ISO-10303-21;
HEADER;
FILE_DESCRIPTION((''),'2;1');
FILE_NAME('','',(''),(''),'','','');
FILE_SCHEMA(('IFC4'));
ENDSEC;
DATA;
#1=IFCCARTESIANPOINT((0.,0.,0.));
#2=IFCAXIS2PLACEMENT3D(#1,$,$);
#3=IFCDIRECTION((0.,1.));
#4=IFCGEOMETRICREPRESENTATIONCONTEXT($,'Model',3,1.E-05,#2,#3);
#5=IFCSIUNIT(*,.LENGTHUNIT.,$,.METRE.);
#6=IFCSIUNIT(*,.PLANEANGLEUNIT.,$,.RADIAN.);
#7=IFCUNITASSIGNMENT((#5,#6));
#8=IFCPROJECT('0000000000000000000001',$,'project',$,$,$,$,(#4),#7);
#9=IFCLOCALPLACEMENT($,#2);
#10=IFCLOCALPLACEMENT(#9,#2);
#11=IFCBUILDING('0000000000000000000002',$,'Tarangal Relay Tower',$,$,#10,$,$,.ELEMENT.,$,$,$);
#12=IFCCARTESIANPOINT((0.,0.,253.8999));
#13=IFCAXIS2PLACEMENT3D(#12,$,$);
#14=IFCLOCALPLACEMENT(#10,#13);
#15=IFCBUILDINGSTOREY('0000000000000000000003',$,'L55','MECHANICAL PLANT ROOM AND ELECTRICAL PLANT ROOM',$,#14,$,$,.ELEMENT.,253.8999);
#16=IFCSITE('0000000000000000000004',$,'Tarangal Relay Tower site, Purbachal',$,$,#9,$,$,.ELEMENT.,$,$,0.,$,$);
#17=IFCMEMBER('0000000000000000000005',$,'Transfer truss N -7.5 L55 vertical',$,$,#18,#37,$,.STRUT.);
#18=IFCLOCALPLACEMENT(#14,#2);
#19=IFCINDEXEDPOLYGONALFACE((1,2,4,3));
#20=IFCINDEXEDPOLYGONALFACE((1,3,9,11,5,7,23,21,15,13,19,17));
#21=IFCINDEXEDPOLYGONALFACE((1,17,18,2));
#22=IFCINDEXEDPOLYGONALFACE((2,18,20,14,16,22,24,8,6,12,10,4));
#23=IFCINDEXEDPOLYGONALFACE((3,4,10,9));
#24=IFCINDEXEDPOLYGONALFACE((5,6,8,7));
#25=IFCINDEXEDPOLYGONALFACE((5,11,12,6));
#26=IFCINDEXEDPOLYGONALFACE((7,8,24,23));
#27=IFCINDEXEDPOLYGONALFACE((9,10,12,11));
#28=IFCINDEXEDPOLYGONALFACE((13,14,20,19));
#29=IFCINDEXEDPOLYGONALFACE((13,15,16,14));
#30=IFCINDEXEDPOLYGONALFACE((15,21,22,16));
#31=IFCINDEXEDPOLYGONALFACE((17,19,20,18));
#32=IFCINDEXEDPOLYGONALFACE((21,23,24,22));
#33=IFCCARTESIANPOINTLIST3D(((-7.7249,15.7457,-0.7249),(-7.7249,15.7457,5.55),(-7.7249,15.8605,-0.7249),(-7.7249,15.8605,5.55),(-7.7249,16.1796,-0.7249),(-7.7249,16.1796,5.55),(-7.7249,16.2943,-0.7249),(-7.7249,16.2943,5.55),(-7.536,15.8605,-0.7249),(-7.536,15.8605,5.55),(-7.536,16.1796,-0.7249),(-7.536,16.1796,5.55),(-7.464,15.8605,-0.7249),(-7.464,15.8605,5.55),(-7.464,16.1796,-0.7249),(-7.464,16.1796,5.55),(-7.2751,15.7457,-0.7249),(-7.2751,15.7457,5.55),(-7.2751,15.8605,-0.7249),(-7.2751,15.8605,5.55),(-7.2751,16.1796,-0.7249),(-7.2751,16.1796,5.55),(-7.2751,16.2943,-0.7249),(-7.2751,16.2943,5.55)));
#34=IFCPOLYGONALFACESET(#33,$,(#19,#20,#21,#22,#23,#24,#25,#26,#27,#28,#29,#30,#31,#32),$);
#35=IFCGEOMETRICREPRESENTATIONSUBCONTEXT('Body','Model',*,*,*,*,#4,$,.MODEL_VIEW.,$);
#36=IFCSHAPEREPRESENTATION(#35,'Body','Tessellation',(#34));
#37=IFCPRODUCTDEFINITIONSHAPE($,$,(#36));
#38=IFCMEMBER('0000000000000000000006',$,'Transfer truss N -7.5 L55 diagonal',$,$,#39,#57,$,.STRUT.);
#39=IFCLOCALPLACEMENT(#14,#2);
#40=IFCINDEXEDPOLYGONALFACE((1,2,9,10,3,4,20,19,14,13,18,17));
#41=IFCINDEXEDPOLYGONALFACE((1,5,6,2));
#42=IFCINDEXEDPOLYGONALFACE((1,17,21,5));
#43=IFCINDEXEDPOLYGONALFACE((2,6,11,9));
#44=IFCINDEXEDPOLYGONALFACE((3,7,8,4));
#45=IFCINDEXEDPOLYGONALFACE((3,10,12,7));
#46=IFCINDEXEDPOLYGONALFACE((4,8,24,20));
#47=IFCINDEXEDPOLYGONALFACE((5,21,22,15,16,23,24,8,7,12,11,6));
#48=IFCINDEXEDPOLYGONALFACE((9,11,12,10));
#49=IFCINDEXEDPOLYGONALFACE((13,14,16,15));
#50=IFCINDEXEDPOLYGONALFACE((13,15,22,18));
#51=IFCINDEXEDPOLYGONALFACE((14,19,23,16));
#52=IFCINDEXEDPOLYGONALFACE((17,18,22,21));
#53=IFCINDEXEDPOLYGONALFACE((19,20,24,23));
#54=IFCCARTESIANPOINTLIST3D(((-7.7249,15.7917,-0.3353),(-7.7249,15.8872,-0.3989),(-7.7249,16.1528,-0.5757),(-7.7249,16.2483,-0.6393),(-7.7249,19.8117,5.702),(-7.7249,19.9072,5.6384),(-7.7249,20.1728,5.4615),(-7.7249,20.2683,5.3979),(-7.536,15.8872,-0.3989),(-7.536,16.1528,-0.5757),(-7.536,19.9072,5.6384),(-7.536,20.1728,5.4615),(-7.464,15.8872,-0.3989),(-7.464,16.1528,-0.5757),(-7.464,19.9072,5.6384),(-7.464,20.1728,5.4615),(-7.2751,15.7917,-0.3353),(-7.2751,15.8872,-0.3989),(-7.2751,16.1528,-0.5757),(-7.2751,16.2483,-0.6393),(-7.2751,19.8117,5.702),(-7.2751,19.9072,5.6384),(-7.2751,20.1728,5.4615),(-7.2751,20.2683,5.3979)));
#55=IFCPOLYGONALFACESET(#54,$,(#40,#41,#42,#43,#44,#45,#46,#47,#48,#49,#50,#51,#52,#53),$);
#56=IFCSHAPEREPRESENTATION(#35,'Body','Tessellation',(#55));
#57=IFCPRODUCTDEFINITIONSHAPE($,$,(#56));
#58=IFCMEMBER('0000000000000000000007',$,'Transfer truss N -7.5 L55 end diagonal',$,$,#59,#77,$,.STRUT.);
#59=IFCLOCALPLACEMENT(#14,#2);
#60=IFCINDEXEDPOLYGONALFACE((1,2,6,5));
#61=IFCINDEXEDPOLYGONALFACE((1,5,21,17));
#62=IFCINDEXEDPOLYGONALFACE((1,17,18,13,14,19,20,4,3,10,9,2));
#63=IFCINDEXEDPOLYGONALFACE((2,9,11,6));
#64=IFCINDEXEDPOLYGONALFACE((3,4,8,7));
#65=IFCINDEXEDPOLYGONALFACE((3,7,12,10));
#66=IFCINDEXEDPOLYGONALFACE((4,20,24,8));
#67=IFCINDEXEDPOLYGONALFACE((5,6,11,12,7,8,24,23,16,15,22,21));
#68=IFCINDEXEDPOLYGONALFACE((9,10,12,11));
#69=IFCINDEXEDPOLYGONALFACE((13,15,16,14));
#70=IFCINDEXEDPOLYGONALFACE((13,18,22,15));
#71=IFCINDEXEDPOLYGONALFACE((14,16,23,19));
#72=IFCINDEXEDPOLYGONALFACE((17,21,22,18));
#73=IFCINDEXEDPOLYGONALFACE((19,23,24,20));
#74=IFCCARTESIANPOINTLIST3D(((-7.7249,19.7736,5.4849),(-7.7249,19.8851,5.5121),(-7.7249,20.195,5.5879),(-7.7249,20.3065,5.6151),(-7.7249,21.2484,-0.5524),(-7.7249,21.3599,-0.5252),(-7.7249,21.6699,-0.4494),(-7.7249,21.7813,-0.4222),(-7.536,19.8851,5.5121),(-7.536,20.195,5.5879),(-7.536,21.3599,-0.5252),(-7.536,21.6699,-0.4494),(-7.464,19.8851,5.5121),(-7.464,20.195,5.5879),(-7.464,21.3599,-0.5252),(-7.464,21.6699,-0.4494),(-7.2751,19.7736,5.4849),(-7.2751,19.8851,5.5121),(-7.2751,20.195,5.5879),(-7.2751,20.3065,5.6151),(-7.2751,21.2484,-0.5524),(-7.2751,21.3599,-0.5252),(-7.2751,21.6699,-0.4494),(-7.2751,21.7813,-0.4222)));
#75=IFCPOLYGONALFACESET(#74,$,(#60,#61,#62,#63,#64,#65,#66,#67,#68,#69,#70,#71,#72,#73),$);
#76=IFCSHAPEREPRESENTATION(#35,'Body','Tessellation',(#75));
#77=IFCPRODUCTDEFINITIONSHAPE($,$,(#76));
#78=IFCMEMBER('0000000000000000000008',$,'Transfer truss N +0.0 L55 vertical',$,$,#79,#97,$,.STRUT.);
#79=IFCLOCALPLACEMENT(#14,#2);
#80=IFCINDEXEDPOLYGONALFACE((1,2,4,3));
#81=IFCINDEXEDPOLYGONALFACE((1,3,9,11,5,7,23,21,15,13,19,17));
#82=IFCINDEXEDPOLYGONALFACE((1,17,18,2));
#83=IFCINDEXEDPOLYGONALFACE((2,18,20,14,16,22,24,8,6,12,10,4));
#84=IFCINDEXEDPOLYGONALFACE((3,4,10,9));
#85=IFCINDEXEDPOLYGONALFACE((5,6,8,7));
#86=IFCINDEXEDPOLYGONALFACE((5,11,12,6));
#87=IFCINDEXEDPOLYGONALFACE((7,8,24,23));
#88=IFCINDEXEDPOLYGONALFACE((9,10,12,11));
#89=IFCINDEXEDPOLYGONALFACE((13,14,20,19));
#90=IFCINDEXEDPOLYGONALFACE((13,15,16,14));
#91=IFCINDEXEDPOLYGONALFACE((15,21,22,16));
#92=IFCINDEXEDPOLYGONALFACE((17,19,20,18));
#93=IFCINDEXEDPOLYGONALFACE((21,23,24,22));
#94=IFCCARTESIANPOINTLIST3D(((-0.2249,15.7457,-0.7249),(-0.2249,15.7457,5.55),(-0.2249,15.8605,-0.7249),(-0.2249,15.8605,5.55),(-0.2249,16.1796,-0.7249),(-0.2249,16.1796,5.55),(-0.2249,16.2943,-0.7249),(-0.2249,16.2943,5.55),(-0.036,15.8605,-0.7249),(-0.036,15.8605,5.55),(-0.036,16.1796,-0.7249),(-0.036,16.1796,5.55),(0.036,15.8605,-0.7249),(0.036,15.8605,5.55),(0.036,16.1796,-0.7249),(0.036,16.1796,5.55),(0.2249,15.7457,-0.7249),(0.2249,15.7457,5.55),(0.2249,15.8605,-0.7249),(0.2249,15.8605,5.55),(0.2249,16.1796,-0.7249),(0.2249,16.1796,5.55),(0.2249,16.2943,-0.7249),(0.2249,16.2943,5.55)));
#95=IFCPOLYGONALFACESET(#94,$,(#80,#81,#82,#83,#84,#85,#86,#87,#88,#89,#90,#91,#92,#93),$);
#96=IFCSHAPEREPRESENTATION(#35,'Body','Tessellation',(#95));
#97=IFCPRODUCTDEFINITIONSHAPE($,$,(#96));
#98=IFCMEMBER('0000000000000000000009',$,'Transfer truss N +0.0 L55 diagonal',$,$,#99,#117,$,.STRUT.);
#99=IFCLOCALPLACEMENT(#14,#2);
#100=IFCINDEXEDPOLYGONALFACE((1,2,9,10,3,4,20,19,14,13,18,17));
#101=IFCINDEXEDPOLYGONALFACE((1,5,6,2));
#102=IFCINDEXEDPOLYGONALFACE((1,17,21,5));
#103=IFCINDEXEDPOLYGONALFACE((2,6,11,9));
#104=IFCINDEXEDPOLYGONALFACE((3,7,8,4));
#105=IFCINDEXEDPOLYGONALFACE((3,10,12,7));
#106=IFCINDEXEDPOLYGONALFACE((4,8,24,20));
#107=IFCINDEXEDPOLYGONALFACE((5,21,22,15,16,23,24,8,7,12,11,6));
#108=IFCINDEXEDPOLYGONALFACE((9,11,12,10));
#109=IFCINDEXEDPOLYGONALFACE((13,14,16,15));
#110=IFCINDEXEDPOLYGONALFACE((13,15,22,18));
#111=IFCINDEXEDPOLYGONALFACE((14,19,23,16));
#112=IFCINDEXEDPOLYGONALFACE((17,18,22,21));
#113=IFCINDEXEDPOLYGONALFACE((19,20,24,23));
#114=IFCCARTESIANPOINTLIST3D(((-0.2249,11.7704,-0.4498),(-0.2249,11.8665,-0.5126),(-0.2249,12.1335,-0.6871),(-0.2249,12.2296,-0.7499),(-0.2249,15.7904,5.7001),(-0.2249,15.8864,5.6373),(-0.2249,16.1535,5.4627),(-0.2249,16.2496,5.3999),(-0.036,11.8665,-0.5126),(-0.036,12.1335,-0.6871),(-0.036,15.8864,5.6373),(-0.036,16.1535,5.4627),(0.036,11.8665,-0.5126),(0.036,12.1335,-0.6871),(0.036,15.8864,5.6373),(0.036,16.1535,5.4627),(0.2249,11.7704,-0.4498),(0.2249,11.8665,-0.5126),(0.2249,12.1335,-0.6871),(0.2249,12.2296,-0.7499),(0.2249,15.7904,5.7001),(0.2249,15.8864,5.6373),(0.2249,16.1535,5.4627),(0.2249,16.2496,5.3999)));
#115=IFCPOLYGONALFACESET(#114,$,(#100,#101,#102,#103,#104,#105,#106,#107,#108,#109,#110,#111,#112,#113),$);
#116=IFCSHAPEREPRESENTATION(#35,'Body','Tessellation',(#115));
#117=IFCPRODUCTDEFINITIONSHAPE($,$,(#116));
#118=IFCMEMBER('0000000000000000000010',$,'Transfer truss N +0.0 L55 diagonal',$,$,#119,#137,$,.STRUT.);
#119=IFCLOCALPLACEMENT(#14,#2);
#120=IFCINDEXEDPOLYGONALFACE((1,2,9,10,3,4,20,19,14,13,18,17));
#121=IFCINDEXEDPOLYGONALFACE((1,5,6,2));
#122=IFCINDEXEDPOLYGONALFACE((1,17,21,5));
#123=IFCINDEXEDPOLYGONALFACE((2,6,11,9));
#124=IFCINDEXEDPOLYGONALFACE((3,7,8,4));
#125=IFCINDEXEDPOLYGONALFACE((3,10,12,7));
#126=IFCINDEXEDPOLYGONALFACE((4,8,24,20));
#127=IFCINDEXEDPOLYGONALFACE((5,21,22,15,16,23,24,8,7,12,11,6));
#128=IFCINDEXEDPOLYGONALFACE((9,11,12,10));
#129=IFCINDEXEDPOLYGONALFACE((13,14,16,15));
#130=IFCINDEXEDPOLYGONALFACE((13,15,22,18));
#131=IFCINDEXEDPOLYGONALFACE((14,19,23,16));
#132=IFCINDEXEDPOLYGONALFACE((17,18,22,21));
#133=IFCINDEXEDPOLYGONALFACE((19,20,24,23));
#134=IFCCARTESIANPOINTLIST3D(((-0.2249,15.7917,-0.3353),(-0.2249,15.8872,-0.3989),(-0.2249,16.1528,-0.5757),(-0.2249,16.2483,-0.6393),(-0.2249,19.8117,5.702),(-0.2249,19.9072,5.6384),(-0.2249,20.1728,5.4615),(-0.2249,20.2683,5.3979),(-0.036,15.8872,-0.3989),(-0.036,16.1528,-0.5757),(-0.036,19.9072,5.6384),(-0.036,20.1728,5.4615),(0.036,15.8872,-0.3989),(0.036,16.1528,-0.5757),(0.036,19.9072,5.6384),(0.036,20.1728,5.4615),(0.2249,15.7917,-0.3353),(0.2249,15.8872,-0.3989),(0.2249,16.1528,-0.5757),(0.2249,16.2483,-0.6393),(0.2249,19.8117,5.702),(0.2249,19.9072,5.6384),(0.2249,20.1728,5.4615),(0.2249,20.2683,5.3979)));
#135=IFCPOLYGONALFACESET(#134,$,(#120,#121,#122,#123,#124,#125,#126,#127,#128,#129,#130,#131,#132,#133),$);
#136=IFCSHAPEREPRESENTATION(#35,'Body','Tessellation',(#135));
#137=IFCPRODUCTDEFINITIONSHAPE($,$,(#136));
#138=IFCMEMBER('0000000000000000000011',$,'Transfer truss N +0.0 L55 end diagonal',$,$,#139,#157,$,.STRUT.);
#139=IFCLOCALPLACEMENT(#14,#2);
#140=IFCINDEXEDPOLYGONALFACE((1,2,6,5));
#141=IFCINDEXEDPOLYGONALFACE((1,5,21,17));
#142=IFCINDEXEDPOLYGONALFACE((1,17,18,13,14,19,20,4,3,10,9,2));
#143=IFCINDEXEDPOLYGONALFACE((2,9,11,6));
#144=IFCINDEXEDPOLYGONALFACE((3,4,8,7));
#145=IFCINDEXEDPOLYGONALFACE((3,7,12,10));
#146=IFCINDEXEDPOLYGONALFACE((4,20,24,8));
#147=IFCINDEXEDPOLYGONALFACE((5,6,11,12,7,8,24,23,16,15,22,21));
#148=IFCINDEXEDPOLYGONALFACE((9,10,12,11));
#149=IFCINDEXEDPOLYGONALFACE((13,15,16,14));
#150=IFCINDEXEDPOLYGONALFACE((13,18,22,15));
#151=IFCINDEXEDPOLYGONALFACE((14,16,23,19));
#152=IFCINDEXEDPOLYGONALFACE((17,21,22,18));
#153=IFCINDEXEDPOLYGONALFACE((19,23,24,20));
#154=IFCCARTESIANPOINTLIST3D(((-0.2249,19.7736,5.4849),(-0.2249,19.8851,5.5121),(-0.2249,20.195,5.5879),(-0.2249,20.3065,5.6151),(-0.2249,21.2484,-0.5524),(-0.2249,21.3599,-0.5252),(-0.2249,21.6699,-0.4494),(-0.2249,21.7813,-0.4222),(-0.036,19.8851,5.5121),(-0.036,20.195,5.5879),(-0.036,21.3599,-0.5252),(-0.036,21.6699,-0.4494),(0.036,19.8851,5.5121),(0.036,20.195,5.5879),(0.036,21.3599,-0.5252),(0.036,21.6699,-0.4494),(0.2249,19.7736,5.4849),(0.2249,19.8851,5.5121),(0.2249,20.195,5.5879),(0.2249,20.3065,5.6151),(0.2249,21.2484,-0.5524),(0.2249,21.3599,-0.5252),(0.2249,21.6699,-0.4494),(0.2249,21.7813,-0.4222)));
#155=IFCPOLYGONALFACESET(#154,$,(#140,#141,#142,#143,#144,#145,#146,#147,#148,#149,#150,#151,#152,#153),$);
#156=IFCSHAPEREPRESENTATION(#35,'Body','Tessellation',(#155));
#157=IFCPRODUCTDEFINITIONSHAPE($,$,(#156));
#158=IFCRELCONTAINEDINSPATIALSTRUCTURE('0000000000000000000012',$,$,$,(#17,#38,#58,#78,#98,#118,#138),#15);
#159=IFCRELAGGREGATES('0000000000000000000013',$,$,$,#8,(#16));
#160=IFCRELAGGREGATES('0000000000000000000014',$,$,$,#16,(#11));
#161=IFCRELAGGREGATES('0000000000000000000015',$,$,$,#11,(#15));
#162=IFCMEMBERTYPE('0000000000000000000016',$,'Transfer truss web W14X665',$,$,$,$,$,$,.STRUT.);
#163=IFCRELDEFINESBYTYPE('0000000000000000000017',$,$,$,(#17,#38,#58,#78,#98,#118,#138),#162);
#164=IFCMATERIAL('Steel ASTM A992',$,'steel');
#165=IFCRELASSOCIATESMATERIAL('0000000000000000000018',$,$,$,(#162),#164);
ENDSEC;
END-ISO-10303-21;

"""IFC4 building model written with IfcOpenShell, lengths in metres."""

from ifc_helpers import new_model, si_unit, direction, frame, origin, origin_2d, place, context, subcontext, project, spatial, i_section, extrude, material, material_profile, profile_set, type_object, element, save


model = new_model("IFC4")

# Units and contexts
model_context = context("Model", 3, precision=1e-05, world=origin(), true_north=direction((0.0, 1.0)))
body_context = subcontext(model_context, "Body", "Model", "MODEL_VIEW")
ifc_project = project(units=[si_unit("LENGTHUNIT", "METRE"), si_unit("PLANEANGLEUNIT", "RADIAN")], contexts=[model_context])

# Site, building, storey
site_placement = place(None, origin())
site = spatial("IfcSite", under=ifc_project, at=site_placement, Name="Tarangal Relay Tower site, Purbachal", CompositionType="ELEMENT", RefElevation=0.0)
building_placement = place(site_placement, origin())
building = spatial("IfcBuilding", under=site, at=building_placement, Name="Tarangal Relay Tower", CompositionType="ELEMENT")
storey_placement = place(building_placement, frame((0.0, 0.0, 253.8999)))
storey = spatial("IfcBuildingStorey", under=building, at=storey_placement, Name="L55", Description="MECHANICAL PLANT ROOM AND ELECTRICAL PLANT ROOM", CompositionType="ELEMENT", Elevation=253.8999)

# Shared definitions
ifc_material_1 = material(Name="Steel ASTM A992", Category="steel")

# Members
ifc_material_profile_1 = material_profile(ifc_material_1, i_section(OverallWidth=0.4497, OverallDepth=0.5486, WebThickness=0.072, FlangeThickness=0.1147, at=origin_2d()), Name="W14X665")
ifc_profile_set_1 = profile_set([ifc_material_profile_1], Name="Steel ASTM A992")
member_type_1 = type_object("IfcMemberType", Name="Transfer truss web W14X665", PredefinedType="STRUT", material=ifc_profile_set_1)
member_1_placement = place(storey_placement, frame((-7.5, 16.02, -0.7249), z_axis=(0.0, 0.0, 1.0), x_axis=(1.0, 0.0, 0.0)))
element("IfcMember", 1, at=member_1_placement, inside=storey, type_object=member_type_1, Name="Transfer truss N -7.5 L55 vertical", PredefinedType="STRUT", context=body_context, shape_type="SweptSolid", body=[
    extrude(i_section(OverallWidth=0.4497, OverallDepth=0.5486, WebThickness=0.072, FlangeThickness=0.1147, at=origin_2d()), origin(), (0.0, 0.0, 1.0), 6.2749),
])
member_2_placement = place(storey_placement, frame((-7.5, 16.02, -0.4873), z_axis=(0.0, 0.554234, 0.832361), x_axis=(-1.0, 0.0, 0.0)))
element("IfcMember", 2, at=member_2_placement, inside=storey, type_object=member_type_1, Name="Transfer truss N -7.5 L55 diagonal", PredefinedType="STRUT", context=body_context, shape_type="SweptSolid", body=[
    extrude(i_section(OverallWidth=0.4497, OverallDepth=0.5486, WebThickness=0.072, FlangeThickness=0.1147, at=origin_2d()), origin(), (0.0, 0.0, 1.0), 7.2532),
])
member_3_placement = place(storey_placement, frame((-7.5, 21.5149, -0.4873), z_axis=(0.0, -0.23731, 0.971434), x_axis=(1.0, 0.0, 0.0)))
element("IfcMember", 3, at=member_3_placement, inside=storey, type_object=member_type_1, Name="Transfer truss N -7.5 L55 end diagonal", PredefinedType="STRUT", context=body_context, shape_type="SweptSolid", body=[
    extrude(i_section(OverallWidth=0.4497, OverallDepth=0.5486, WebThickness=0.072, FlangeThickness=0.1147, at=origin_2d()), origin(), (0.0, 0.0, 1.0), 6.2148),
])
member_4_placement = place(storey_placement, frame((0.0, 16.02, -0.7249), z_axis=(0.0, 0.0, 1.0), x_axis=(1.0, 0.0, 0.0)))
element("IfcMember", 4, at=member_4_placement, inside=storey, type_object=member_type_1, Name="Transfer truss N +0.0 L55 vertical", PredefinedType="STRUT", context=body_context, shape_type="SweptSolid", body=[
    extrude(i_section(OverallWidth=0.4497, OverallDepth=0.5486, WebThickness=0.072, FlangeThickness=0.1147, at=origin_2d()), origin(), (0.0, 0.0, 1.0), 6.2749),
])
member_5_placement = place(storey_placement, frame((0.0, 12.0, -0.5999), z_axis=(0.0, 0.547147, 0.837036), x_axis=(-1.0, 0.0, 0.0)))
element("IfcMember", 5, at=member_5_placement, inside=storey, type_object=member_type_1, Name="Transfer truss N +0.0 L55 diagonal", PredefinedType="STRUT", context=body_context, shape_type="SweptSolid", body=[
    extrude(i_section(OverallWidth=0.4497, OverallDepth=0.5486, WebThickness=0.072, FlangeThickness=0.1147, at=origin_2d()), origin(), (0.0, 0.0, 1.0), 7.3472),
])
member_6_placement = place(storey_placement, frame((0.0, 16.02, -0.4873), z_axis=(0.0, 0.554234, 0.832361), x_axis=(-1.0, 0.0, 0.0)))
element("IfcMember", 6, at=member_6_placement, inside=storey, type_object=member_type_1, Name="Transfer truss N +0.0 L55 diagonal", PredefinedType="STRUT", context=body_context, shape_type="SweptSolid", body=[
    extrude(i_section(OverallWidth=0.4497, OverallDepth=0.5486, WebThickness=0.072, FlangeThickness=0.1147, at=origin_2d()), origin(), (0.0, 0.0, 1.0), 7.2532),
])
member_7_placement = place(storey_placement, frame((0.0, 21.5149, -0.4873), z_axis=(0.0, -0.23731, 0.971434), x_axis=(1.0, 0.0, 0.0)))
element("IfcMember", 7, at=member_7_placement, inside=storey, type_object=member_type_1, Name="Transfer truss N +0.0 L55 end diagonal", PredefinedType="STRUT", context=body_context, shape_type="SweptSolid", body=[
    extrude(i_section(OverallWidth=0.4497, OverallDepth=0.5486, WebThickness=0.072, FlangeThickness=0.1147, at=origin_2d()), origin(), (0.0, 0.0, 1.0), 6.2148),
])

save(model, "model.ifc")
